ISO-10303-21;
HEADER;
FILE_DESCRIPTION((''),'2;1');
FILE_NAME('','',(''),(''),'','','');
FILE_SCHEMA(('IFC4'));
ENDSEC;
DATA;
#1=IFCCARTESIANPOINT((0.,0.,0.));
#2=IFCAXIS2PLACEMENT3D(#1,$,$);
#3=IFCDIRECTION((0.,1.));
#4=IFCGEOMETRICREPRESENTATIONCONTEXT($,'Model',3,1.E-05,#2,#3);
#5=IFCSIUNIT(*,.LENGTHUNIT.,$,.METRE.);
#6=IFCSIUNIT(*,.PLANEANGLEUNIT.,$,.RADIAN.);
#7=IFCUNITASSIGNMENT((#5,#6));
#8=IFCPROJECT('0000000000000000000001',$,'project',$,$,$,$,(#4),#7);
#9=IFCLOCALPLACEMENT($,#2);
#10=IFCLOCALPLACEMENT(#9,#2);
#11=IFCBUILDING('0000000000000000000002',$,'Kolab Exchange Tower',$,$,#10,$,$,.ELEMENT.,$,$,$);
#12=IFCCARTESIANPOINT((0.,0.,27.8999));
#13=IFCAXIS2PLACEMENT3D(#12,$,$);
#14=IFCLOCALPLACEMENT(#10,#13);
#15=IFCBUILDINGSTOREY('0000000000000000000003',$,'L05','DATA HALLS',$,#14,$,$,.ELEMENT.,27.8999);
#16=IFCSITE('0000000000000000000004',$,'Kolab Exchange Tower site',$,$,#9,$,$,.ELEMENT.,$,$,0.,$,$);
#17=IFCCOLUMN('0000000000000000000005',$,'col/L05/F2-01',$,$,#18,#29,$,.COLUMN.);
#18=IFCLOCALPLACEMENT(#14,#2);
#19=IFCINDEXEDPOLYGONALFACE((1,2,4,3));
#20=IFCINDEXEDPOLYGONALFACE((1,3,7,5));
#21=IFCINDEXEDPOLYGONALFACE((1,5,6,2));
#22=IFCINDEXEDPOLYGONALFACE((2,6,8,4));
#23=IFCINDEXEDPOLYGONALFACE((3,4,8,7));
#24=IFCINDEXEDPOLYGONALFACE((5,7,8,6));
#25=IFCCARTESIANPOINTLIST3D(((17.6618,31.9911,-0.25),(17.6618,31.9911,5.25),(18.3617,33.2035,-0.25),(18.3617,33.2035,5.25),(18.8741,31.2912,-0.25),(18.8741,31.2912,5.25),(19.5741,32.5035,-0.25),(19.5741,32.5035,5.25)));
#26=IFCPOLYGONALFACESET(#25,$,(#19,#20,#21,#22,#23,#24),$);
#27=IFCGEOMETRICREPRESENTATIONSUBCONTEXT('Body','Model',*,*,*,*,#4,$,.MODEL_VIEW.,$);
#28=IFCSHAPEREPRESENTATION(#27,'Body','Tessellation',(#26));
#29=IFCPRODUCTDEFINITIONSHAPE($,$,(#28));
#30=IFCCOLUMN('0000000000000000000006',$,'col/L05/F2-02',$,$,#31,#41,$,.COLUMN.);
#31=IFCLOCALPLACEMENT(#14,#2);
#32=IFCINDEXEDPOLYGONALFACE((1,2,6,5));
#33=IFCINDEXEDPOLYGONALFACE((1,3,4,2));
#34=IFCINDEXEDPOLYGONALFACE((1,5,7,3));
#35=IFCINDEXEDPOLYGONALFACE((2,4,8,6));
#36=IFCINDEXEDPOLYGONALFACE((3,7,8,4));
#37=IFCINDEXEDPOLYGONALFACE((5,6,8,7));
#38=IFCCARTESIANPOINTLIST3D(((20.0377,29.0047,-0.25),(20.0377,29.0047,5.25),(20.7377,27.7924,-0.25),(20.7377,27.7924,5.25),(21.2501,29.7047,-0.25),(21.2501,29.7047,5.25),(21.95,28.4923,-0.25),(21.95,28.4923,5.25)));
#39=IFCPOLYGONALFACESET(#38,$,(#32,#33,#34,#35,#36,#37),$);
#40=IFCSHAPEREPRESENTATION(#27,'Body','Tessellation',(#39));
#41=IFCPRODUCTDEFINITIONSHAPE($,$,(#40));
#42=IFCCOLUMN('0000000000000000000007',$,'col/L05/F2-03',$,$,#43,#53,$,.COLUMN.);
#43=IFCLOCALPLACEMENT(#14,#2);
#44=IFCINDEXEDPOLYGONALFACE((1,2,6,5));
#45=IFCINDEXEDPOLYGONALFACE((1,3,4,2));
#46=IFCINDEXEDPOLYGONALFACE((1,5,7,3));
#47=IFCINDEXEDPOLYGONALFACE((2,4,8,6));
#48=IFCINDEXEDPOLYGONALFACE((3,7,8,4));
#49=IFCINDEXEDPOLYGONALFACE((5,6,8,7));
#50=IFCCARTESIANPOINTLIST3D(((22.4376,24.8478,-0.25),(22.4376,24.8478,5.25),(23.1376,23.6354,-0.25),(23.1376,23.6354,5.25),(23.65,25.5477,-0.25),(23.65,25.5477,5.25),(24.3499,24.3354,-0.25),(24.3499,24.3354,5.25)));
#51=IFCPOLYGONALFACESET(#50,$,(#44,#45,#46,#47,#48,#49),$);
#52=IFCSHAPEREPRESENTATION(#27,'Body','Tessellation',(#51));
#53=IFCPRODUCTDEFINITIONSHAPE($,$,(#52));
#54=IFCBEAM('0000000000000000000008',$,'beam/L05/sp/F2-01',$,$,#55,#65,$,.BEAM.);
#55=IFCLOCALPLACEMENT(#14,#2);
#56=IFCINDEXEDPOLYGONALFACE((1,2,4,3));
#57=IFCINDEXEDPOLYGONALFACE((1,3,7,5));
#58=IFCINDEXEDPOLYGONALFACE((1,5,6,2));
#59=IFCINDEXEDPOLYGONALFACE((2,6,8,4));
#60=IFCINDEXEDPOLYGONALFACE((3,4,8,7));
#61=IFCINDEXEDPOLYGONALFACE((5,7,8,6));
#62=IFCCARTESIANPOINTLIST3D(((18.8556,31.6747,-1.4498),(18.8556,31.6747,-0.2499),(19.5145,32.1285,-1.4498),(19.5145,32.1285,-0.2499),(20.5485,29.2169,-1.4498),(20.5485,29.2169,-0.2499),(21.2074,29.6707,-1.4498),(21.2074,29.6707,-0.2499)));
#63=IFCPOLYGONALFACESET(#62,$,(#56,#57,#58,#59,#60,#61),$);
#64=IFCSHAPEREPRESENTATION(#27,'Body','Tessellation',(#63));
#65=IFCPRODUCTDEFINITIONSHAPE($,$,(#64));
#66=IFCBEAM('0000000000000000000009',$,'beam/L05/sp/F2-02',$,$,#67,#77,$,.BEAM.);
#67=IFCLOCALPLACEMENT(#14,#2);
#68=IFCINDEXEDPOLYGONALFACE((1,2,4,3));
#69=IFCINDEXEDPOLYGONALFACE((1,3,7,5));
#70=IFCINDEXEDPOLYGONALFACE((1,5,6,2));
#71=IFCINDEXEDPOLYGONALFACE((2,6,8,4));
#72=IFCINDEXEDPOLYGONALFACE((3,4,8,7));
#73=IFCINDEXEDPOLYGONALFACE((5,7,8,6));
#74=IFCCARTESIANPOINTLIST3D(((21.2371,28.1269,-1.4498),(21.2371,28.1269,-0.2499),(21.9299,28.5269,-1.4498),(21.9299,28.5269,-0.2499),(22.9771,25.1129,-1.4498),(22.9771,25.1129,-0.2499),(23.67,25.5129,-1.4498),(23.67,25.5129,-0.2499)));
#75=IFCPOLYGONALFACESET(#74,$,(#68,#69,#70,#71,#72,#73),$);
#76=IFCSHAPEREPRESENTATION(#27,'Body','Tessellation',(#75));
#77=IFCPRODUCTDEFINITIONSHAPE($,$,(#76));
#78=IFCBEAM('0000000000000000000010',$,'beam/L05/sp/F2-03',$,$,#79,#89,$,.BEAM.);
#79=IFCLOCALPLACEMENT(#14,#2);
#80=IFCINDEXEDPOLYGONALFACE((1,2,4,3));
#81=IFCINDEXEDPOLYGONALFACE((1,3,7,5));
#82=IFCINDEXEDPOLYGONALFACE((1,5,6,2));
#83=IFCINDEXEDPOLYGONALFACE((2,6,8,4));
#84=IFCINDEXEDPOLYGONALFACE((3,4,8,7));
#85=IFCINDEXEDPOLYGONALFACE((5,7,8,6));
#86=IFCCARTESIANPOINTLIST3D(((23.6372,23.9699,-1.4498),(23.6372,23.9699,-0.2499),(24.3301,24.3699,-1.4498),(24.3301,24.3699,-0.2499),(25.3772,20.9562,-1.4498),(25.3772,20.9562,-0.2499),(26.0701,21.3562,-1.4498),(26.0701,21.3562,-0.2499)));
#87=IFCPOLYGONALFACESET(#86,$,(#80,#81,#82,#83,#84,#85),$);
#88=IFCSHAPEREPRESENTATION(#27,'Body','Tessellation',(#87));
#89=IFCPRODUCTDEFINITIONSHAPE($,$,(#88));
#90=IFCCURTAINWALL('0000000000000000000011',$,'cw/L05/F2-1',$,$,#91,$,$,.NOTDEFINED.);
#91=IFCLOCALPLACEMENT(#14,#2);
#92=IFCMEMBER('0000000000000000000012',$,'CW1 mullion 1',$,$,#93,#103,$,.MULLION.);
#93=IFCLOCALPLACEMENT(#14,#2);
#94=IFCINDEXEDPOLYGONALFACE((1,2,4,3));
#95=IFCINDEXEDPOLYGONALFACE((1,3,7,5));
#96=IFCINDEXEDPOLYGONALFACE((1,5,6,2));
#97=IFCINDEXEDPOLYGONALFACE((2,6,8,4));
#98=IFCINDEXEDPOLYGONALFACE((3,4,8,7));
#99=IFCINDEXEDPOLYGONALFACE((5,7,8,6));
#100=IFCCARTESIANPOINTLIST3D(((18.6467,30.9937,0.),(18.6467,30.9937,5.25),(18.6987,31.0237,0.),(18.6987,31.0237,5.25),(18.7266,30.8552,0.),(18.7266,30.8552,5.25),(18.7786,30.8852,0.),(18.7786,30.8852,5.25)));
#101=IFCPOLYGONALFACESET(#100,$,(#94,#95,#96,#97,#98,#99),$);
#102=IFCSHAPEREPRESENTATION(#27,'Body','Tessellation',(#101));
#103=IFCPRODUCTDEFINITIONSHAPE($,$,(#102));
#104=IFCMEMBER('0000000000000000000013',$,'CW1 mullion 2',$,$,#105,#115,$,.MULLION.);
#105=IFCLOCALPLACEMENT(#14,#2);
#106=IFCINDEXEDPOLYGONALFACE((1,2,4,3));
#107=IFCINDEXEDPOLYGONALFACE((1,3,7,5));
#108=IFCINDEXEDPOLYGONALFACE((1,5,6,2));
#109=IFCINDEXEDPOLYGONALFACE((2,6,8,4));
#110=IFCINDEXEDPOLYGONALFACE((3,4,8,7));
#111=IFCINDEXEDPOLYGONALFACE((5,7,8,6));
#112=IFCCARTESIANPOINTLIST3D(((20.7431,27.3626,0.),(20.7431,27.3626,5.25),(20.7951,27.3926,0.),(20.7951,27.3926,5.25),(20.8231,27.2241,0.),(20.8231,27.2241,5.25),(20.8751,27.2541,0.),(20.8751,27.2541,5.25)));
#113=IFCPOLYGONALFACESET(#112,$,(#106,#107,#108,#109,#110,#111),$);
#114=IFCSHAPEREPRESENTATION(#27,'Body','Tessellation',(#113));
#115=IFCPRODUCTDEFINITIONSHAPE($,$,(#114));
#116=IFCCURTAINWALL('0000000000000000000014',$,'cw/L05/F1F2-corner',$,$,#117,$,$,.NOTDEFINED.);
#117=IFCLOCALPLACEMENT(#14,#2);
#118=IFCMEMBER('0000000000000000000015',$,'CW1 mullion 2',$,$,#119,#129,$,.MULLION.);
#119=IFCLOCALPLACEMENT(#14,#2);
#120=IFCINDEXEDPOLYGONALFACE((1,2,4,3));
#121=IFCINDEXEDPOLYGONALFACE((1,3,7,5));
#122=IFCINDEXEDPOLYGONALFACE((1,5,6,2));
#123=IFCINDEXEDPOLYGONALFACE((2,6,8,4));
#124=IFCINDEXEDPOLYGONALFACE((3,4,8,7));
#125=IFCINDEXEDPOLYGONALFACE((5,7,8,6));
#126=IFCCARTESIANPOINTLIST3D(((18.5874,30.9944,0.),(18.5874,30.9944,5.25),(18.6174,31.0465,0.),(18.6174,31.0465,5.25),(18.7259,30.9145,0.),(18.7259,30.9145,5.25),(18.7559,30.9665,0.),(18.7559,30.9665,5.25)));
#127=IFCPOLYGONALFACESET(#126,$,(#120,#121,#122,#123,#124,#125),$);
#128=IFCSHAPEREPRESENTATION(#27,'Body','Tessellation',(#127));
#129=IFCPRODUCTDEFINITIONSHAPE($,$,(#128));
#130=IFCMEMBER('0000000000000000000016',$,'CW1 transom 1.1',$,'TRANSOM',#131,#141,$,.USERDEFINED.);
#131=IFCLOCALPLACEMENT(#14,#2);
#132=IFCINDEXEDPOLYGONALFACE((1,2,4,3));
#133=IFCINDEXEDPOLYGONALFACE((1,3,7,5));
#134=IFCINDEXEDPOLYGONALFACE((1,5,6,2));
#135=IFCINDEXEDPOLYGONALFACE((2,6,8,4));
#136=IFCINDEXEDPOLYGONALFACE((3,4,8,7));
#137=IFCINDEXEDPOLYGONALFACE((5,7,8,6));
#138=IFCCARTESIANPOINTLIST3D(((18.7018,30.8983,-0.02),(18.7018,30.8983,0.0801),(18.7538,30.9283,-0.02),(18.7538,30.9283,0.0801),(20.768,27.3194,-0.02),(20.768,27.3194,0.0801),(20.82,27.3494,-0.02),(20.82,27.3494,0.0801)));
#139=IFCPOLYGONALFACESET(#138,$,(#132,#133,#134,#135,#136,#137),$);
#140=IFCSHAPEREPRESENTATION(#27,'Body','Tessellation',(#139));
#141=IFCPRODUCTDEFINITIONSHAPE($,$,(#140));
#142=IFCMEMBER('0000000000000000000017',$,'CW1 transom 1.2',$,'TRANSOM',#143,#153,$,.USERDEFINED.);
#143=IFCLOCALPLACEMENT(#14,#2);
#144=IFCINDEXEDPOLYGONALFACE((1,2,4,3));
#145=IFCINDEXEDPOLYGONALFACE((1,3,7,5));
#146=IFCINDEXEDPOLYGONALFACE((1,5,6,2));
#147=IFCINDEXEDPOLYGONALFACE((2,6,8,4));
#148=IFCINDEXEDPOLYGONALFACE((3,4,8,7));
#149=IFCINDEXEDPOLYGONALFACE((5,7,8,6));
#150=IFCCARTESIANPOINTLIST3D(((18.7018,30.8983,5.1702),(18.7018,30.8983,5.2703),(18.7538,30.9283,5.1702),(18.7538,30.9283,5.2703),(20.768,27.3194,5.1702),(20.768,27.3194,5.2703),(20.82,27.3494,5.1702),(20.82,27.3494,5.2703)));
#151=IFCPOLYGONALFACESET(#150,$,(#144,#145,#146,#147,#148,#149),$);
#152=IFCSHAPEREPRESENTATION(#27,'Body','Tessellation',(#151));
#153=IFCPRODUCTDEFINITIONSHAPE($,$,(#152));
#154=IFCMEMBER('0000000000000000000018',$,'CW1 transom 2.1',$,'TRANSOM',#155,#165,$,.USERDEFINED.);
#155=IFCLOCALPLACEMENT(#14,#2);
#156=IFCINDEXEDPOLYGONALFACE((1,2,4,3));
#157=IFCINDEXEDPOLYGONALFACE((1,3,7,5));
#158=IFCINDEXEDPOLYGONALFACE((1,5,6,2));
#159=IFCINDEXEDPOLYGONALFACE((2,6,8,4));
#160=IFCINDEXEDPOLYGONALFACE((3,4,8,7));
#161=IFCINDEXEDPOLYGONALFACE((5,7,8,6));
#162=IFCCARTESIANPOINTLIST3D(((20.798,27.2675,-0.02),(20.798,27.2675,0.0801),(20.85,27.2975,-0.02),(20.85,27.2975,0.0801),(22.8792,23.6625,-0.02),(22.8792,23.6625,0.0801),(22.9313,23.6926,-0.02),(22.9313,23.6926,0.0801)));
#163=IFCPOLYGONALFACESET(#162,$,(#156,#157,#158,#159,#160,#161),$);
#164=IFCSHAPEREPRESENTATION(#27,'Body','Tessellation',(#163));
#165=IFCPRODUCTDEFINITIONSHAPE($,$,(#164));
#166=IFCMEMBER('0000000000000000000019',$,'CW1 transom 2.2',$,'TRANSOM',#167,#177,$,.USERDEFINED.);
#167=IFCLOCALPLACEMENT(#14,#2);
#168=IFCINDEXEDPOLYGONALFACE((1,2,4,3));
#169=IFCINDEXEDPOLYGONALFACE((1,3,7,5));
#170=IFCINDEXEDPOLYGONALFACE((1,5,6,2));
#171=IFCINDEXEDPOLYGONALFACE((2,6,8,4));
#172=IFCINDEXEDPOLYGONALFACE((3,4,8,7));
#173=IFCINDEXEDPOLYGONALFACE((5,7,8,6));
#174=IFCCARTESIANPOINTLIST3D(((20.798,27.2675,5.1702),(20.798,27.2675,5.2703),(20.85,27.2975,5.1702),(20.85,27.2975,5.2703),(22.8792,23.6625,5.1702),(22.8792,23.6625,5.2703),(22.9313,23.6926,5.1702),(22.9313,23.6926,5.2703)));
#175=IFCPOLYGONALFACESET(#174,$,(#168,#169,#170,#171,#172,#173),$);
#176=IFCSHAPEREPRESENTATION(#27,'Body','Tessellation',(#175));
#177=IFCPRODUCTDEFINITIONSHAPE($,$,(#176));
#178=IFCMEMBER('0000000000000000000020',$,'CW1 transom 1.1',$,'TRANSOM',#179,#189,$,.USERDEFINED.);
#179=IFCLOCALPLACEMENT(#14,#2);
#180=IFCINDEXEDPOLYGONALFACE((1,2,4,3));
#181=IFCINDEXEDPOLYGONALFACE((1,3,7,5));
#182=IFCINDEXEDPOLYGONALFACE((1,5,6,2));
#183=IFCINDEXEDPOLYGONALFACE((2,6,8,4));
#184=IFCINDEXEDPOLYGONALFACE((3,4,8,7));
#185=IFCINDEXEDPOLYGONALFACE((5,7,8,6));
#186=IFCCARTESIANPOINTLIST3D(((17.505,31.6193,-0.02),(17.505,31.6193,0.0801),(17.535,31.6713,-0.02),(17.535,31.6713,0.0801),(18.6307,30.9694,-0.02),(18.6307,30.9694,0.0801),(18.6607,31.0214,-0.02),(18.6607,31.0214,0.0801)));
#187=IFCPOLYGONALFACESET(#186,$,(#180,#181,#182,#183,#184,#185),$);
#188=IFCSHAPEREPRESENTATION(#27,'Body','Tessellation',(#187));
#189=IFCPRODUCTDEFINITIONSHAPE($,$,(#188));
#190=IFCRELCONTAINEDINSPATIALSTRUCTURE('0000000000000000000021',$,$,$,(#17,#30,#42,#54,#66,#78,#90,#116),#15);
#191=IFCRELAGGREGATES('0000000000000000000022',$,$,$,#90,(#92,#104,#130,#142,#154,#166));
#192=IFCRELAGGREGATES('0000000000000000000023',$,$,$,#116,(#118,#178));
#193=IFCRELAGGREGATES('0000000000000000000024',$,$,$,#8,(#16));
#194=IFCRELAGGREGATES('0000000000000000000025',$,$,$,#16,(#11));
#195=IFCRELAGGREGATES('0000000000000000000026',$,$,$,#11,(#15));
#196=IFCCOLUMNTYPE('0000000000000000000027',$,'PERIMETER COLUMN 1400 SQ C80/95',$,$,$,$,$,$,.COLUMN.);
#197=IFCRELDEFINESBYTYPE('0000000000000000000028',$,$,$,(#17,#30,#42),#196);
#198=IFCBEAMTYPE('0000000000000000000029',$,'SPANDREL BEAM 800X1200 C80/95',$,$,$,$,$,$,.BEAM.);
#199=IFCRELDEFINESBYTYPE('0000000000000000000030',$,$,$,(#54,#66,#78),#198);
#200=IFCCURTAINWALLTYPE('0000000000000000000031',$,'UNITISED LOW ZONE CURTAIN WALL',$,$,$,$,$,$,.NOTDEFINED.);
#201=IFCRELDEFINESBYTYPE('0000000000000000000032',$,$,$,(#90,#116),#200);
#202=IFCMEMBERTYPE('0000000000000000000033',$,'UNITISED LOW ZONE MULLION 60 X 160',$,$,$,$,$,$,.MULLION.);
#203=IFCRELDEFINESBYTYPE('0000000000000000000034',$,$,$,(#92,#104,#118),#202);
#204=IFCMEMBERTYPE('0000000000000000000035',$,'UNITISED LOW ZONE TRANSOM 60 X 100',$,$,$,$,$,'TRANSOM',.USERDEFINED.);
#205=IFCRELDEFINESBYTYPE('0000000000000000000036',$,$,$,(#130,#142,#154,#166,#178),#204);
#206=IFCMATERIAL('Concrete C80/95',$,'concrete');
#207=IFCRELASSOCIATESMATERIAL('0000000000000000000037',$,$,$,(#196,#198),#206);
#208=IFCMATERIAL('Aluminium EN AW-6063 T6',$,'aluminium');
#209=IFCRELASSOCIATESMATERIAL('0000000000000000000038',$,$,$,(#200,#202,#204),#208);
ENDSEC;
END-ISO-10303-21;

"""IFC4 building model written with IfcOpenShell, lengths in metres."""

from ifc_helpers import new_model, si_unit, direction, frame, origin, origin_2d, place, context, subcontext, project, spatial, rectangle, extrude, material, material_profile, profile_set, type_object, element, aggregate, save


model = new_model("IFC4")

# Units and contexts
model_context = context("Model", 3, precision=1e-05, world=origin(), true_north=direction((0.0, 1.0)))
body_context = subcontext(model_context, "Body", "Model", "MODEL_VIEW")
ifc_project = project(units=[si_unit("LENGTHUNIT", "METRE"), si_unit("PLANEANGLEUNIT", "RADIAN")], contexts=[model_context])

# Site, building, storey
site_placement = place(None, origin())
site = spatial("IfcSite", under=ifc_project, at=site_placement, Name="Kolab Exchange Tower site", CompositionType="ELEMENT", RefElevation=0.0)
building_placement = place(site_placement, origin())
building = spatial("IfcBuilding", under=site, at=building_placement, Name="Kolab Exchange Tower", CompositionType="ELEMENT")
storey_placement = place(building_placement, frame((0.0, 0.0, 27.8999)))
storey = spatial("IfcBuildingStorey", under=building, at=storey_placement, Name="L05", Description="DATA HALLS", CompositionType="ELEMENT", Elevation=27.8999)

# Columns
ifc_material_1 = material(Name="Concrete C80/95", Category="concrete")
ifc_material_profile_1 = material_profile(ifc_material_1, rectangle(XDim=1.3999, YDim=1.3999, at=origin_2d()), Name="RC1400")
ifc_profile_set_1 = profile_set([ifc_material_profile_1], Name="Concrete C80/95")
column_type = type_object("IfcColumnType", Name="PERIMETER COLUMN 1400 SQ C80/95", PredefinedType="COLUMN", material=ifc_profile_set_1)
for number, where, z_axis, x_axis, name in (
    (1, (18.6179, 32.2473, -0.25), (0.0, 0.0, 1.0), (0.5, 0.866025, 0.0), "col/L05/F2-01"),
    (2, (20.9939, 28.7485, -0.25), (0.0, 0.0, 1.0), (0.866025, 0.5, 0.0), "col/L05/F2-02"),
    (3, (23.3938, 24.5916, -0.25), (0.0, 0.0, 1.0), (0.866025, 0.5, 0.0), "col/L05/F2-03"),
):
    element("IfcColumn", number, at=place(storey_placement, frame(where, z_axis=z_axis, x_axis=x_axis)), inside=storey, type_object=column_type, Name=name, PredefinedType="COLUMN", context=body_context, shape_type="SweptSolid", body=[
        extrude(rectangle(XDim=1.3999, YDim=1.3999, at=origin_2d()), origin(), (0.0, 0.0, 1.0), 5.5),
    ])

# Beams
ifc_material_profile_2 = material_profile(ifc_material_1, rectangle(XDim=0.8, YDim=1.2, at=origin_2d()), Name="RC800X1200")
ifc_profile_set_2 = profile_set([ifc_material_profile_2], Name="Concrete C80/95")
beam_type = type_object("IfcBeamType", Name="SPANDREL BEAM 800X1200 C80/95", PredefinedType="BEAM", material=ifc_profile_set_2)
beam_1_placement = place(storey_placement, frame((19.1851, 31.9016, -0.8499), z_axis=(0.567247, -0.823548, 0.0), x_axis=(0.823548, 0.567247, 0.0)))
element("IfcBeam", 4, at=beam_1_placement, inside=storey, type_object=beam_type, Name="beam/L05/sp/F2-01", PredefinedType="BEAM", context=body_context, shape_type="SweptSolid", body=[
    extrude(rectangle(XDim=0.8, YDim=1.2, at=origin_2d()), origin(), (0.0, 0.0, 1.0), 2.9844),
])
beam_2_placement = place(storey_placement, frame((21.5835, 28.3269, -0.8499), z_axis=(0.49998, -0.866037, 0.0), x_axis=(0.866037, 0.49998, 0.0)))
element("IfcBeam", 5, at=beam_2_placement, inside=storey, type_object=beam_type, Name="beam/L05/sp/F2-02", PredefinedType="BEAM", context=body_context, shape_type="SweptSolid", body=[
    extrude(rectangle(XDim=0.8, YDim=1.2, at=origin_2d()), origin(), (0.0, 0.0, 1.0), 3.4802),
])
beam_3_placement = place(storey_placement, frame((23.9836, 24.1699, -0.8499), z_axis=(0.50001, -0.86602, 0.0), x_axis=(0.86602, 0.50001, 0.0)))
element("IfcBeam", 6, at=beam_3_placement, inside=storey, type_object=beam_type, Name="beam/L05/sp/F2-03", PredefinedType="BEAM", context=body_context, shape_type="SweptSolid", body=[
    extrude(rectangle(XDim=0.8, YDim=1.2, at=origin_2d()), origin(), (0.0, 0.0, 1.0), 3.48),
])

# Curtain wall, members
ifc_material_2 = material(Name="Aluminium EN AW-6063 T6", Category="aluminium")
curtain_wall_type = type_object("IfcCurtainWallType", Name="UNITISED LOW ZONE CURTAIN WALL", PredefinedType="NOTDEFINED", material=ifc_material_2)
curtain_wall_1_placement = place(storey_placement, origin())
curtain_wall_1 = element("IfcCurtainWall", 7, at=curtain_wall_1_placement, inside=storey, type_object=curtain_wall_type, Name="cw/L05/F2-1", PredefinedType="NOTDEFINED")
ifc_material_profile_3 = material_profile(ifc_material_2, rectangle(XDim=0.0601, YDim=0.1599, at=origin_2d()), Name="RECT 60X160")
ifc_profile_set_3 = profile_set([ifc_material_profile_3], Name="Aluminium EN AW-6063 T6")
member_type_1 = type_object("IfcMemberType", Name="UNITISED LOW ZONE MULLION 60 X 160", PredefinedType="MULLION", material=ifc_profile_set_3)
member_1_placement = place(storey_placement, frame((18.7126, 30.9395, 0.0), z_axis=(0.0, 0.0, 1.0), x_axis=(0.866025, 0.5, 0.0)))
member_1 = element("IfcMember", 8, at=member_1_placement, type_object=member_type_1, Name="CW1 mullion 1", PredefinedType="MULLION", context=body_context, shape_type="SweptSolid", body=[
    extrude(rectangle(XDim=0.0601, YDim=0.1599, at=origin_2d()), origin(), (0.0, 0.0, 1.0), 5.25),
])
member_2_placement = place(storey_placement, frame((20.8091, 27.3083, 0.0), z_axis=(0.0, 0.0, 1.0), x_axis=(0.866025, 0.5, 0.0)))
member_2 = element("IfcMember", 9, at=member_2_placement, type_object=member_type_1, Name="CW1 mullion 2", PredefinedType="MULLION", context=body_context, shape_type="SweptSolid", body=[
    extrude(rectangle(XDim=0.0601, YDim=0.1599, at=origin_2d()), origin(), (0.0, 0.0, 1.0), 5.25),
])

# Curtain wall, member
curtain_wall_2_placement = place(storey_placement, origin())
curtain_wall_2 = element("IfcCurtainWall", 10, at=curtain_wall_2_placement, inside=storey, type_object=curtain_wall_type, Name="cw/L05/F1F2-corner", PredefinedType="NOTDEFINED")
member_3_placement = place(storey_placement, frame((18.6716, 30.9805, 0.0), z_axis=(0.0, 0.0, 1.0), x_axis=(0.5, 0.866025, 0.0)))
member_3 = element("IfcMember", 11, at=member_3_placement, type_object=member_type_1, Name="CW1 mullion 2", PredefinedType="MULLION", context=body_context, shape_type="SweptSolid", body=[
    extrude(rectangle(XDim=0.0601, YDim=0.1599, at=origin_2d()), origin(), (0.0, 0.0, 1.0), 5.25),
])

# Members
ifc_material_profile_4 = material_profile(ifc_material_2, rectangle(XDim=0.0601, YDim=0.1001, at=origin_2d()), Name="RECT 60X100")
ifc_profile_set_4 = profile_set([ifc_material_profile_4], Name="Aluminium EN AW-6063 T6")
member_type_2 = type_object("IfcMemberType", Name="UNITISED LOW ZONE TRANSOM 60 X 100", ElementType="TRANSOM", PredefinedType="USERDEFINED", material=ifc_profile_set_4)
member_4_placement = place(storey_placement, frame((18.7278, 30.9133, 0.03), z_axis=(0.499983, -0.866035, 0.0), x_axis=(0.866035, 0.499983, 0.0)))
member_4 = element("IfcMember", 12, at=member_4_placement, type_object=member_type_2, Name="CW1 transom 1.1", ObjectType="TRANSOM", PredefinedType="USERDEFINED", context=body_context, shape_type="SweptSolid", body=[
    extrude(rectangle(XDim=0.0601, YDim=0.1001, at=origin_2d()), origin(), (0.0, 0.0, 1.0), 4.1326),
])
member_5_placement = place(storey_placement, frame((18.7278, 30.9133, 5.2202), z_axis=(0.499983, -0.866035, 0.0), x_axis=(0.866035, 0.499983, 0.0)))
member_5 = element("IfcMember", 13, at=member_5_placement, type_object=member_type_2, Name="CW1 transom 1.2", ObjectType="TRANSOM", PredefinedType="USERDEFINED", context=body_context, shape_type="SweptSolid", body=[
    extrude(rectangle(XDim=0.0601, YDim=0.1001, at=origin_2d()), origin(), (0.0, 0.0, 1.0), 4.1326),
])
member_6_placement = place(storey_placement, frame((20.824, 27.2825, 0.03), z_axis=(0.499993, -0.866029, 0.0), x_axis=(0.866029, 0.499993, 0.0)))
member_6 = element("IfcMember", 14, at=member_6_placement, type_object=member_type_2, Name="CW1 transom 2.1", ObjectType="TRANSOM", PredefinedType="USERDEFINED", context=body_context, shape_type="SweptSolid", body=[
    extrude(rectangle(XDim=0.0601, YDim=0.1001, at=origin_2d()), origin(), (0.0, 0.0, 1.0), 4.1626),
])
member_7_placement = place(storey_placement, frame((20.824, 27.2825, 5.2202), z_axis=(0.499993, -0.866029, 0.0), x_axis=(0.866029, 0.499993, 0.0)))
member_7 = element("IfcMember", 15, at=member_7_placement, type_object=member_type_2, Name="CW1 transom 2.2", ObjectType="TRANSOM", PredefinedType="USERDEFINED", context=body_context, shape_type="SweptSolid", body=[
    extrude(rectangle(XDim=0.0601, YDim=0.1001, at=origin_2d()), origin(), (0.0, 0.0, 1.0), 4.1626),
])
member_8_placement = place(storey_placement, frame((17.52, 31.6453, 0.03), z_axis=(0.866039, -0.499977, 0.0), x_axis=(0.499977, 0.866039, 0.0)))
member_8 = element("IfcMember", 16, at=member_8_placement, type_object=member_type_2, Name="CW1 transom 1.1", ObjectType="TRANSOM", PredefinedType="USERDEFINED", context=body_context, shape_type="SweptSolid", body=[
    extrude(rectangle(XDim=0.0601, YDim=0.1001, at=origin_2d()), origin(), (0.0, 0.0, 1.0), 1.2998),
])

aggregate(curtain_wall_1, [member_1, member_2, member_4, member_5, member_6, member_7])
aggregate(curtain_wall_2, [member_3, member_8])

save(model, "model.ifc")
